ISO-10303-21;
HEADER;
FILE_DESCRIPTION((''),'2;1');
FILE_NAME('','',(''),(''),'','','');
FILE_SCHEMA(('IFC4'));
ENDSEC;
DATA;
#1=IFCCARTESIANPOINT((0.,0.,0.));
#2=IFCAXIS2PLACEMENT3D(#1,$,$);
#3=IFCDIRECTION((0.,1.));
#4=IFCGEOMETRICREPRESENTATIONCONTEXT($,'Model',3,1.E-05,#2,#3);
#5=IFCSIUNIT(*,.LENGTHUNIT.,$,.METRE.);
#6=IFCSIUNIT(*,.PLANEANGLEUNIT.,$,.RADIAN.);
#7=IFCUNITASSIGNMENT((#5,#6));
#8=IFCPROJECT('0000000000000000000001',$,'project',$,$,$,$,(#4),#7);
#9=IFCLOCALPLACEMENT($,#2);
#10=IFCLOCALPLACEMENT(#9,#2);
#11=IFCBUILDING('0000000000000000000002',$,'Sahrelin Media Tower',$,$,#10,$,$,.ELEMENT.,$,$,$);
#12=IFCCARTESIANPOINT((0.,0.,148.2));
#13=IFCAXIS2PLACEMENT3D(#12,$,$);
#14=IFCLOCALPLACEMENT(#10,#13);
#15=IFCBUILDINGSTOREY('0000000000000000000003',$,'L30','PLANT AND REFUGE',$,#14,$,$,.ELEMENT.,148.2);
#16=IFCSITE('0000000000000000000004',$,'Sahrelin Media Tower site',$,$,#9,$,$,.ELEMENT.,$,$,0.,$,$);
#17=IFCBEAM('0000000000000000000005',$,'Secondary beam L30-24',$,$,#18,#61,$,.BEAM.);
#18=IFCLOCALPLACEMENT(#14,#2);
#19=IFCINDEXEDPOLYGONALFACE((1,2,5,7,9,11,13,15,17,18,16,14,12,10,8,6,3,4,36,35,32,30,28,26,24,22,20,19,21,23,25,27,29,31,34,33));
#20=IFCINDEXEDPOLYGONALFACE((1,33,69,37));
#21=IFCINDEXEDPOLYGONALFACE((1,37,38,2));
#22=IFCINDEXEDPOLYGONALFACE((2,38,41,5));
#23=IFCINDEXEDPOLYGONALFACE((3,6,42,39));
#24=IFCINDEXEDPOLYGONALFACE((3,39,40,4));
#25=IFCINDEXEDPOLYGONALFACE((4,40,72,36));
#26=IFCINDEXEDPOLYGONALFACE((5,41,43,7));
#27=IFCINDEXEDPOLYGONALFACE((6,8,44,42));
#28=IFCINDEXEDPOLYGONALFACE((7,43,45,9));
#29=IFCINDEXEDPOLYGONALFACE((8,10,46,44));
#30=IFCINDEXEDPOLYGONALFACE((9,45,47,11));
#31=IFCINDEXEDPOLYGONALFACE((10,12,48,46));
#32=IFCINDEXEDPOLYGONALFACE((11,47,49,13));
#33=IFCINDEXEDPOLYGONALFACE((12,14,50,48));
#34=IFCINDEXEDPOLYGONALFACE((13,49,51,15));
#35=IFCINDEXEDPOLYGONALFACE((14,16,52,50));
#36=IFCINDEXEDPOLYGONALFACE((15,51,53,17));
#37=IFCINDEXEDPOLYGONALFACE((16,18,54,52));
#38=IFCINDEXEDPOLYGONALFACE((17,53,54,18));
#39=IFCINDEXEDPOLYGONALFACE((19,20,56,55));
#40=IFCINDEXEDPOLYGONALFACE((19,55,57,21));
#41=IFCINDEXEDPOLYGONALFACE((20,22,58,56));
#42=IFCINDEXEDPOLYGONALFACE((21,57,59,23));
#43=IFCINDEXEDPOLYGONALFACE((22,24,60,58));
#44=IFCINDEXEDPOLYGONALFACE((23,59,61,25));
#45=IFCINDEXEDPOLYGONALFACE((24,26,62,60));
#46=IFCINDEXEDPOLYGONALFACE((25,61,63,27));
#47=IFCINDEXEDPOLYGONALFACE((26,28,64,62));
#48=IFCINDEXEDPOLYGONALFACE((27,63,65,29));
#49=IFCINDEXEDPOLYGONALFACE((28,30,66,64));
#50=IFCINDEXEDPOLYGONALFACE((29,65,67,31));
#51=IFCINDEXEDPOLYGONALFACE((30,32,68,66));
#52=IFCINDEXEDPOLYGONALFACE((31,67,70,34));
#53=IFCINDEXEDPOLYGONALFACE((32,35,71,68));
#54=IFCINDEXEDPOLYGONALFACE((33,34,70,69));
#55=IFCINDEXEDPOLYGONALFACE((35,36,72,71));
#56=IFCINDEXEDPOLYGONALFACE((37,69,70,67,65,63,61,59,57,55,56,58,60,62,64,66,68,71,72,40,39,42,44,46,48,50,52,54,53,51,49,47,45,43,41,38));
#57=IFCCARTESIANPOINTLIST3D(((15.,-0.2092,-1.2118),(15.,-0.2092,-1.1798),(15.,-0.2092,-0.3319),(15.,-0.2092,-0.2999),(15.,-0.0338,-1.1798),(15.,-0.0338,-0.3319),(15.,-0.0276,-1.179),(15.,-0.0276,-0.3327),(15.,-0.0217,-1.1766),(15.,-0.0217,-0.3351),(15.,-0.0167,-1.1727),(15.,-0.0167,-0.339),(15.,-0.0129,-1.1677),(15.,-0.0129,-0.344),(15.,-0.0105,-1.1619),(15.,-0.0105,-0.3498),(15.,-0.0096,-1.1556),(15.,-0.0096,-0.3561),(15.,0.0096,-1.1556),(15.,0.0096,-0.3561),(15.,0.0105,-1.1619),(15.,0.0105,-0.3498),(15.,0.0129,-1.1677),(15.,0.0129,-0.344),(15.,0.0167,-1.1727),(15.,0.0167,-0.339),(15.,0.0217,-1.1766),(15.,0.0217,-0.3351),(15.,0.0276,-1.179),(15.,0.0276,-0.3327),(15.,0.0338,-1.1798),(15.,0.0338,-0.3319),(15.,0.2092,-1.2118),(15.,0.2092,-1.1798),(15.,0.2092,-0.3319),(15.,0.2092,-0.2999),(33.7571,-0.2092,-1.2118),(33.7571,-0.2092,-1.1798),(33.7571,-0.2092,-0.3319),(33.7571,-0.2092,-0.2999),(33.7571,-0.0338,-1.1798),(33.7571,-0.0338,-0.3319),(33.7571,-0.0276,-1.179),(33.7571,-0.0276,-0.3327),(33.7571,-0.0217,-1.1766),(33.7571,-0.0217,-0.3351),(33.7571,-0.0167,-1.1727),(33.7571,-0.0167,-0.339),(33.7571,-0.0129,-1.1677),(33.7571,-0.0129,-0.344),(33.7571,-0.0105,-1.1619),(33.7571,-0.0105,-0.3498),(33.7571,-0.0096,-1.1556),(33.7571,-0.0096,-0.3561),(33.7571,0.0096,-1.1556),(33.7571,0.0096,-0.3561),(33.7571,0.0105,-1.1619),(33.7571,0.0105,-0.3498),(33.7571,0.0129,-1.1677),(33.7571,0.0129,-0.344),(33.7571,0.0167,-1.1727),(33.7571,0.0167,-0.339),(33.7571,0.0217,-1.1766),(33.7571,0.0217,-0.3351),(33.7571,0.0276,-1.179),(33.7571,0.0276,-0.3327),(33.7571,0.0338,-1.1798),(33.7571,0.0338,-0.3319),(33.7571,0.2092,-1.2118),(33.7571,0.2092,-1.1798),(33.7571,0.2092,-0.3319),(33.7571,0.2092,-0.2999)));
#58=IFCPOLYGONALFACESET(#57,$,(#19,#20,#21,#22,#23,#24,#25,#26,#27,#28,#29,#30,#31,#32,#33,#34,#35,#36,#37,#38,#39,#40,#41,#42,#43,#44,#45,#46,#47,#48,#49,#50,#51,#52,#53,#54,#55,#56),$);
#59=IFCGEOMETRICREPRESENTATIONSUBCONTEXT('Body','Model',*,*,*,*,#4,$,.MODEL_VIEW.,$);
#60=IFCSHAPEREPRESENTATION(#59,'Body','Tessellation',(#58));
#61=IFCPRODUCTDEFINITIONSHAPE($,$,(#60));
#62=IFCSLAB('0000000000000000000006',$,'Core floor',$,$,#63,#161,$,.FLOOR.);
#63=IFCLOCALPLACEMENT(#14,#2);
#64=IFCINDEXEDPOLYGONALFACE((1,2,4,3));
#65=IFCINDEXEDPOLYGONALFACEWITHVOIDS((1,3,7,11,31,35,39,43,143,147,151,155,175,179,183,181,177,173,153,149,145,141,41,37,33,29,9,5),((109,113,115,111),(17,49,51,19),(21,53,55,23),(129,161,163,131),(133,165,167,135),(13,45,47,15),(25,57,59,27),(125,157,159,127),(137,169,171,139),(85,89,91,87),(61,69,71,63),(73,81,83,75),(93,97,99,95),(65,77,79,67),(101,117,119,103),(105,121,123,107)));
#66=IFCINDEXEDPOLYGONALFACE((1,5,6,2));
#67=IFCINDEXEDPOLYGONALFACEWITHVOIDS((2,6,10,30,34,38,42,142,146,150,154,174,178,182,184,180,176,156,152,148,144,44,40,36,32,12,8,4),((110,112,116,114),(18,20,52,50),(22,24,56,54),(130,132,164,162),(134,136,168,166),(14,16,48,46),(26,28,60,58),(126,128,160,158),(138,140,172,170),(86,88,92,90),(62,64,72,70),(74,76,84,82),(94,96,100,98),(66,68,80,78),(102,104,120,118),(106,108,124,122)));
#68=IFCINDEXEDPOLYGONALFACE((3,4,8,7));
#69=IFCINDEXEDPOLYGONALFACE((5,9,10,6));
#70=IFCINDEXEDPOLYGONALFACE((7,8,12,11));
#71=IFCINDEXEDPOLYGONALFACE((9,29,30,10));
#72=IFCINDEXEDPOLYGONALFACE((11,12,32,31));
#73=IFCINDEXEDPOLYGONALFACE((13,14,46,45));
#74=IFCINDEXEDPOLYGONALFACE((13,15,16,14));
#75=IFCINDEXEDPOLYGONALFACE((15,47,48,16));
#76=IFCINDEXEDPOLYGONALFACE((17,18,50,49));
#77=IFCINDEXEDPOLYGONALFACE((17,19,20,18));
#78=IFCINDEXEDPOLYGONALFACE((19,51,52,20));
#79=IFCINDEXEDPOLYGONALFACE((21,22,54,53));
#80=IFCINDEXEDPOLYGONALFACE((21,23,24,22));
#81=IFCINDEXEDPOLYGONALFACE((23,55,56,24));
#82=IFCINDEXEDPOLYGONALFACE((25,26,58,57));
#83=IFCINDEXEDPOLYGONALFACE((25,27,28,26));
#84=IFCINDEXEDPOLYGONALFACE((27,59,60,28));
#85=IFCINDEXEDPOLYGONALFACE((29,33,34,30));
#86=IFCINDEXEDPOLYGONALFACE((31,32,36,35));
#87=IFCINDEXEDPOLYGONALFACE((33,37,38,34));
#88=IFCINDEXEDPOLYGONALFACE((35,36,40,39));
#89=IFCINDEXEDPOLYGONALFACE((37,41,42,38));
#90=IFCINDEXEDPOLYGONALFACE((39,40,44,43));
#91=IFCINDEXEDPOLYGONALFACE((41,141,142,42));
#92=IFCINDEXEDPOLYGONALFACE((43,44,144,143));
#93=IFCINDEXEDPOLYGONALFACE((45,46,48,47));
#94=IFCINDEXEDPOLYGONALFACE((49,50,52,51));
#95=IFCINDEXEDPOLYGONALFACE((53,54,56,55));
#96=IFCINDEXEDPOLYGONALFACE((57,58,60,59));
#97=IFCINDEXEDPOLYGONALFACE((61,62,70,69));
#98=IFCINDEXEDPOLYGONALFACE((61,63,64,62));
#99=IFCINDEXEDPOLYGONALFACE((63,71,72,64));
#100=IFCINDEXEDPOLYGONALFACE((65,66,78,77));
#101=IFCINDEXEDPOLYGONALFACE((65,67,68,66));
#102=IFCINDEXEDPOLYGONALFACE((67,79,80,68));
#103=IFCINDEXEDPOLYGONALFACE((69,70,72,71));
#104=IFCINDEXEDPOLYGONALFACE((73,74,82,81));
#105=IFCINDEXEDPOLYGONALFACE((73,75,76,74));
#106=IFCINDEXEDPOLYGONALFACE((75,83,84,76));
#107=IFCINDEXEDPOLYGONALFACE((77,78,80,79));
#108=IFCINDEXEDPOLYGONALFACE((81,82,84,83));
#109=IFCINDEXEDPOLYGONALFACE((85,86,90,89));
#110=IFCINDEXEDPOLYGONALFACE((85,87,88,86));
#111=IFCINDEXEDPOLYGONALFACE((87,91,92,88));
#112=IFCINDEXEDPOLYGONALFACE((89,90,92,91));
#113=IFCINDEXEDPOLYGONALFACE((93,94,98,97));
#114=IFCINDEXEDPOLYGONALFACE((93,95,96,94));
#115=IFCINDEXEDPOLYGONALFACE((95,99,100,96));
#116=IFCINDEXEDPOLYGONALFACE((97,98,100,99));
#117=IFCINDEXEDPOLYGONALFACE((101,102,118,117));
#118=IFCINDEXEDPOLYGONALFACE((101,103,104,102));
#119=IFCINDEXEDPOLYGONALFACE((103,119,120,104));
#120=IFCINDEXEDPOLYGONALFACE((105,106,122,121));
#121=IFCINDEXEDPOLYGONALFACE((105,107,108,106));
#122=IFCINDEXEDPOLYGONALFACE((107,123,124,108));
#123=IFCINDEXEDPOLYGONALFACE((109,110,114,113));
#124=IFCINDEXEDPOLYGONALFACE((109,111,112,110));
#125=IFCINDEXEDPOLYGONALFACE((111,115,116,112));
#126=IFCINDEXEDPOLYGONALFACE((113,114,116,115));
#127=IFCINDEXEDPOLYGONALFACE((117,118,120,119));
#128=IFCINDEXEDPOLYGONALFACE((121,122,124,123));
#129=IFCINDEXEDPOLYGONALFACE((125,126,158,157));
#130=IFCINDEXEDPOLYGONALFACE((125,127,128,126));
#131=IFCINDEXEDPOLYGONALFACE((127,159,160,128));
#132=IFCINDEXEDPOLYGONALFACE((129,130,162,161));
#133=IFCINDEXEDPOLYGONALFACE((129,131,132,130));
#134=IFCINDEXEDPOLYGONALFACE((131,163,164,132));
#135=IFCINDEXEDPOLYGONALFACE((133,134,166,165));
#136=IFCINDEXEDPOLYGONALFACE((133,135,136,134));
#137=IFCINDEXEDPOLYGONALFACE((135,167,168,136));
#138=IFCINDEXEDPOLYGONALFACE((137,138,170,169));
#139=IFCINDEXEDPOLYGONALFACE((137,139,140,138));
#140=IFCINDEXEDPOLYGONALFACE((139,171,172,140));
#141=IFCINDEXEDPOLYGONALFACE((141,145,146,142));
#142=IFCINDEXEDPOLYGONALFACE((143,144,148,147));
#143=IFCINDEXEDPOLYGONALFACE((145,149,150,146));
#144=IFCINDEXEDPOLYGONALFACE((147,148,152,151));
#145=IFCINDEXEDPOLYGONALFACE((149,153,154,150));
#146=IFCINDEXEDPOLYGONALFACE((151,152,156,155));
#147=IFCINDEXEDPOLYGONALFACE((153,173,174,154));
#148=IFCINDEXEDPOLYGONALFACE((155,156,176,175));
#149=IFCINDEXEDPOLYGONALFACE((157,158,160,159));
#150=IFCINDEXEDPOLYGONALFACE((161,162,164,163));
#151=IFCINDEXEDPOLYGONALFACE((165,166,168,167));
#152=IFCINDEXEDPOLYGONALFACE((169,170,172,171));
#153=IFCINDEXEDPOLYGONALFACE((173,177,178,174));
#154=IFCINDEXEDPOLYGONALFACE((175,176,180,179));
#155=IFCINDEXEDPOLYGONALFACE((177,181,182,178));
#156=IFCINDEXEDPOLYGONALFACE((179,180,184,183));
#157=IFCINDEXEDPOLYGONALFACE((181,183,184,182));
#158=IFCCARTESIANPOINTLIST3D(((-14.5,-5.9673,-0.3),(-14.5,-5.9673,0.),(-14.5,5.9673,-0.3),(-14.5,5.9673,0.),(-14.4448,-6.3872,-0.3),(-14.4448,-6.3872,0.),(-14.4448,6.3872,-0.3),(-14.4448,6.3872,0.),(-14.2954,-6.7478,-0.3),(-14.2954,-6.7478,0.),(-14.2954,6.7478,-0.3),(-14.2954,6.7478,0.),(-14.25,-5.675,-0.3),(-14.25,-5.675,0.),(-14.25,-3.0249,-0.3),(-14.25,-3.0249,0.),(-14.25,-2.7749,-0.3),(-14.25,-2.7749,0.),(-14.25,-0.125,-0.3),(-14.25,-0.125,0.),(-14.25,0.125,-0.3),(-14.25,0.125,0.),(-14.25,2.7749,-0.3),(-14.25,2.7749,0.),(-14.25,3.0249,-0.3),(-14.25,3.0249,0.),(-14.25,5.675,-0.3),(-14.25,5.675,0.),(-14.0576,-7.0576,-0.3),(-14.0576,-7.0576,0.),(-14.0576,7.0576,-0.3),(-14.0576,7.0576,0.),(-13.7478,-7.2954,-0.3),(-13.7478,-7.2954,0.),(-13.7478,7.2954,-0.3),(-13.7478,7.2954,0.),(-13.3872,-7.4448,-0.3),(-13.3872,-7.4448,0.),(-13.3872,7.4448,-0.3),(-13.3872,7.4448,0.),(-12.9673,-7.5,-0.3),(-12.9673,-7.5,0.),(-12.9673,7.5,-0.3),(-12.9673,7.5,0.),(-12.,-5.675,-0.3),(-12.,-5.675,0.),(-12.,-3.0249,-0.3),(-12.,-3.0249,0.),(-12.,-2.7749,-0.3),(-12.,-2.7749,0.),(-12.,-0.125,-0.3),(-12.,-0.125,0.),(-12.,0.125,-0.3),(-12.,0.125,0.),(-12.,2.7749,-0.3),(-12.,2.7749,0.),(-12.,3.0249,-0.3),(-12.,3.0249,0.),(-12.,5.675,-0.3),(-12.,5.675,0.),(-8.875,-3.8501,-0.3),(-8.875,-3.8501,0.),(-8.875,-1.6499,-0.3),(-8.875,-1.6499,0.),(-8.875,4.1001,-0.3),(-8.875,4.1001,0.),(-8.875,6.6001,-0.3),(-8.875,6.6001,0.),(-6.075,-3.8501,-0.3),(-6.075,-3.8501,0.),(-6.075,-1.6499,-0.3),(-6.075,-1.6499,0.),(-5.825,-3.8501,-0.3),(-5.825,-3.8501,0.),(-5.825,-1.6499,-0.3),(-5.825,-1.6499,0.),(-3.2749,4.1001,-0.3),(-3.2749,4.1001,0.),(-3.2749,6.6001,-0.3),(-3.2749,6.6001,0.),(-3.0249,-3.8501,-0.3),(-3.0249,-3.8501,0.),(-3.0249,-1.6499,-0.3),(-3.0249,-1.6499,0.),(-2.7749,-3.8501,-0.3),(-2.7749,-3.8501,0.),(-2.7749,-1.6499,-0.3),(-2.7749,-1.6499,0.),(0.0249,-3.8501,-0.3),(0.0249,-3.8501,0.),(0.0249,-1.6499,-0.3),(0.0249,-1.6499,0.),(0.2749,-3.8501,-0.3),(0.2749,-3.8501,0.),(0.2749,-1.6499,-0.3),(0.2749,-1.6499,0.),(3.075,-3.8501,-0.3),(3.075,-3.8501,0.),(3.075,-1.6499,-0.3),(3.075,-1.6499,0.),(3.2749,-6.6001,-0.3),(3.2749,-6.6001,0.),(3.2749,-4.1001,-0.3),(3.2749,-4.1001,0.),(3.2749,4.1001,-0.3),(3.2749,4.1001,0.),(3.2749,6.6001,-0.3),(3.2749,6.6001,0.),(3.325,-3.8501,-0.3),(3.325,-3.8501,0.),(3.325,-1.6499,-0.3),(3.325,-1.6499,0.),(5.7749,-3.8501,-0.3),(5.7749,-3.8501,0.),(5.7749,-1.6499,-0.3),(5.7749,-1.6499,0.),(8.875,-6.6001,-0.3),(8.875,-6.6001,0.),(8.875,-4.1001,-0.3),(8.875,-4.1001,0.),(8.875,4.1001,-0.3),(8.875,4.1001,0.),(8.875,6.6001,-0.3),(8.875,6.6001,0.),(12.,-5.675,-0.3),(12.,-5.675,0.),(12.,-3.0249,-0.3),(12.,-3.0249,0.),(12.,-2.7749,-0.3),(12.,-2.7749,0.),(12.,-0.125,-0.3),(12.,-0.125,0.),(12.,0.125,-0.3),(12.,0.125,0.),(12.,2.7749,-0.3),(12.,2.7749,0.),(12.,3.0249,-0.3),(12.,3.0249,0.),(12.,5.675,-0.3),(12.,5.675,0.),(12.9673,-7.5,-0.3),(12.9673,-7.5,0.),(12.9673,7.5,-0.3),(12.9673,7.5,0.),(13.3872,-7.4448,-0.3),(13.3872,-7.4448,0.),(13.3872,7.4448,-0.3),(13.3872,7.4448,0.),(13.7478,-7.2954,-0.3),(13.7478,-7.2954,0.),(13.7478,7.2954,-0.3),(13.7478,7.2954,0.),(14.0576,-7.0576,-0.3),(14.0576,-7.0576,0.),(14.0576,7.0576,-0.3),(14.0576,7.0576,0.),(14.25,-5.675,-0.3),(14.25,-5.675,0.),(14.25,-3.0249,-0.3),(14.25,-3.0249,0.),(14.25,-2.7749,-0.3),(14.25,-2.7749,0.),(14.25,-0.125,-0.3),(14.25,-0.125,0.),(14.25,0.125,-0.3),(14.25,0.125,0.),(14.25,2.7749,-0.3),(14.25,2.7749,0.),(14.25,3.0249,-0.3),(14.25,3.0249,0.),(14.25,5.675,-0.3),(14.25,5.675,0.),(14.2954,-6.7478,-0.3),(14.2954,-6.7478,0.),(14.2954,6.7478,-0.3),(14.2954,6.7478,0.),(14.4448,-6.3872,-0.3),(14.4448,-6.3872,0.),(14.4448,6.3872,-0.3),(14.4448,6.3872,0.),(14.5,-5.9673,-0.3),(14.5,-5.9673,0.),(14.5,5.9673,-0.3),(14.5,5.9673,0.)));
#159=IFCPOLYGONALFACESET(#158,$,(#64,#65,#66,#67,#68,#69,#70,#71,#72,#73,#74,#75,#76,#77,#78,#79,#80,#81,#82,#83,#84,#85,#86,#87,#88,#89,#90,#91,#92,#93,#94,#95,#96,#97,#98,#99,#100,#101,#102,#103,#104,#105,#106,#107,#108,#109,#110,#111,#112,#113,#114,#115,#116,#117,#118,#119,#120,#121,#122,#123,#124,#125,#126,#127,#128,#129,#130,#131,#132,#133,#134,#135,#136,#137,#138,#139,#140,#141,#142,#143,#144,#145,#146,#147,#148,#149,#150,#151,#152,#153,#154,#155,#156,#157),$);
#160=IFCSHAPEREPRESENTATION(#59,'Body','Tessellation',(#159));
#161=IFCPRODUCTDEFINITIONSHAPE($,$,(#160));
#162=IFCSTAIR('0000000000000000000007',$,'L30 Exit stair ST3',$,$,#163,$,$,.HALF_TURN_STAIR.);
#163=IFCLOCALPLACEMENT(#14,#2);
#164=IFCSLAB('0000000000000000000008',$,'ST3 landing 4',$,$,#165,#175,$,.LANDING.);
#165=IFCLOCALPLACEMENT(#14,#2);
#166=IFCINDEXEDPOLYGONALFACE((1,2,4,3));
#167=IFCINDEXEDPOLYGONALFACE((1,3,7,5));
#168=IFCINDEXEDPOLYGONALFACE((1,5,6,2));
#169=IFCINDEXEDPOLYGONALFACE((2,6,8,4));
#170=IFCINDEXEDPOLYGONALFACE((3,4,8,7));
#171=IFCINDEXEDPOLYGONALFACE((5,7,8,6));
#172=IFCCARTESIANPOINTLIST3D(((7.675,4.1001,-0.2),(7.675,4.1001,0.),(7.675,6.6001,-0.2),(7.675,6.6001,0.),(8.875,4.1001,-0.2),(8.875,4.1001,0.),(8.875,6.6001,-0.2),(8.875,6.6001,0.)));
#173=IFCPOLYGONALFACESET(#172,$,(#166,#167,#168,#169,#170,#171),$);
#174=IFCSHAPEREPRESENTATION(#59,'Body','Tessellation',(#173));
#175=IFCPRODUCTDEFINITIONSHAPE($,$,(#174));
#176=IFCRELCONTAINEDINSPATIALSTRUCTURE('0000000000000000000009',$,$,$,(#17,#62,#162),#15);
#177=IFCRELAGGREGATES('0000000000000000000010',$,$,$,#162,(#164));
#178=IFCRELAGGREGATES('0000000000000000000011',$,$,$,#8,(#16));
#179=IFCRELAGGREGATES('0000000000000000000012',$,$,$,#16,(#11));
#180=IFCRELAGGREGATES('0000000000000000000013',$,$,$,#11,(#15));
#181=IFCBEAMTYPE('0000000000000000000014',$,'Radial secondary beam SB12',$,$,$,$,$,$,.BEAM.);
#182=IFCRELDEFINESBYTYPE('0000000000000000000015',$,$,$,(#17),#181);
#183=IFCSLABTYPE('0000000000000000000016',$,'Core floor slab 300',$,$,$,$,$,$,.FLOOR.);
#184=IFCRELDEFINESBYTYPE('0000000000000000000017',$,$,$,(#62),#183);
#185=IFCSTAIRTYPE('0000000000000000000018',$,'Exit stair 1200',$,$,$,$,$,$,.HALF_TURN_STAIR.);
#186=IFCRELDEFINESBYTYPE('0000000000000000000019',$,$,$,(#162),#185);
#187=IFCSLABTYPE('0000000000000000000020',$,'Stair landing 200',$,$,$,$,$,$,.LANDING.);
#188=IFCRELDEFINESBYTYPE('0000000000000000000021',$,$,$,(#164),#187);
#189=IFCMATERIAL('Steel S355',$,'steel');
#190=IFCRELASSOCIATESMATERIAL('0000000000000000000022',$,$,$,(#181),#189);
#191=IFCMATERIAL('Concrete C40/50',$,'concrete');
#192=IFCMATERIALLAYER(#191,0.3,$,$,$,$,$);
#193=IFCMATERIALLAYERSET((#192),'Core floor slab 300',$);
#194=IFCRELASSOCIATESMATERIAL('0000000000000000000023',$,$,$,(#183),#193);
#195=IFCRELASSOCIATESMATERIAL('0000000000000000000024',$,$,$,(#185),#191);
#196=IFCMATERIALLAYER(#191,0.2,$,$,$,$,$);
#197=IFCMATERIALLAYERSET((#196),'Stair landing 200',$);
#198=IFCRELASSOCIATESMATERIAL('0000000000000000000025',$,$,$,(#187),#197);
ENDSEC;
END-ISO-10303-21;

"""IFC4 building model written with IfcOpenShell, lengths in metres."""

from ifc_helpers import new_model, si_unit, direction, frame, origin, origin_2d, place, context, subcontext, project, spatial, polyline, i_section, outline, extrude, material, layer, layer_set, material_profile, profile_set, type_object, element, aggregate, save


model = new_model("IFC4")

# Units and contexts
model_context = context("Model", 3, precision=1e-05, world=origin(), true_north=direction((0.0, 1.0)))
body_context = subcontext(model_context, "Body", "Model", "MODEL_VIEW")
ifc_project = project(units=[si_unit("LENGTHUNIT", "METRE"), si_unit("PLANEANGLEUNIT", "RADIAN")], contexts=[model_context])

# Site, building, storey
site_placement = place(None, origin())
site = spatial("IfcSite", under=ifc_project, at=site_placement, Name="Sahrelin Media Tower site", CompositionType="ELEMENT", RefElevation=0.0)
building_placement = place(site_placement, origin())
building = spatial("IfcBuilding", under=site, at=building_placement, Name="Sahrelin Media Tower", CompositionType="ELEMENT")
storey_placement = place(building_placement, frame((0.0, 0.0, 148.2)))
storey = spatial("IfcBuildingStorey", under=building, at=storey_placement, Name="L30", Description="PLANT AND REFUGE", CompositionType="ELEMENT", Elevation=148.2)

# Beam
ifc_material_1 = material(Name="Steel S355", Category="steel")
ifc_material_profile = material_profile(ifc_material_1, i_section(OverallWidth=0.4185, OverallDepth=0.9119, WebThickness=0.0193, FlangeThickness=0.032, FilletRadius=0.0242, at=origin_2d()), Name="UB 914x419x343")
ifc_profile_set = profile_set([ifc_material_profile], Name="Steel S355")
beam_type = type_object("IfcBeamType", Name="Radial secondary beam SB12", PredefinedType="BEAM", material=ifc_profile_set)
beam_placement = place(storey_placement, frame((15.0, 0.0, -0.7559), z_axis=(1.0, 0.0, 0.0), x_axis=(0.0, 1.0, 0.0)))
element("IfcBeam", 1, at=beam_placement, inside=storey, type_object=beam_type, Name="Secondary beam L30-24", PredefinedType="BEAM", context=body_context, shape_type="SweptSolid", body=[
    extrude(i_section(OverallWidth=0.4185, OverallDepth=0.9119, WebThickness=0.0193, FlangeThickness=0.032, FilletRadius=0.0242, at=origin_2d()), origin(), (0.0, 0.0, 1.0), 18.7571),
])

# Slab
ifc_material_2 = material(Name="Concrete C40/50", Category="concrete")
ifc_layer_1 = layer(ifc_material_2, 0.3)
ifc_layer_set_1 = layer_set([ifc_layer_1], Name="Core floor slab 300")
slab_type_1 = type_object("IfcSlabType", Name="Core floor slab 300", PredefinedType="FLOOR", material=ifc_layer_set_1)
slab_1_placement = place(storey_placement, frame((0.0, 0.0, -0.3)))
element("IfcSlab", 2, at=slab_1_placement, inside=storey, type_object=slab_type_1, Name="Core floor", PredefinedType="FLOOR", context=body_context, shape_type="SweptSolid", body=[
    extrude(outline(polyline([(-14.4448, 6.3872), (-14.5, 5.9673), (-14.5, -5.9673), (-14.4448, -6.3872), (-14.2954, -6.7478), (-14.0576, -7.0576), (-13.7478, -7.2954), (-13.3872, -7.4448), (-12.9673, -7.5), (12.9673, -7.5), (13.3872, -7.4448), (13.7478, -7.2954), (14.0576, -7.0576), (14.2954, -6.7478), (14.4448, -6.3872), (14.5, -5.9673), (14.5, 5.9673), (14.4448, 6.3872), (14.2954, 6.7478), (14.0576, 7.0576), (13.7478, 7.2954), (13.3872, 7.4448), (12.9673, 7.5), (-12.9673, 7.5), (-13.3872, 7.4448), (-13.7478, 7.2954), (-14.0576, 7.0576), (-14.2954, 6.7478), (-14.4448, 6.3872)]), holes=[polyline([(-12.0, 3.0249), (-12.0, 5.675), (-14.25, 5.675), (-14.25, 3.0249), (-12.0, 3.0249)]), polyline([(-14.25, 0.125), (-12.0, 0.125), (-12.0, 2.7749), (-14.25, 2.7749), (-14.25, 0.125)]), polyline([(-14.25, -0.125), (-14.25, -2.7749), (-12.0, -2.7749), (-12.0, -0.125), (-14.25, -0.125)]), polyline([(-12.0, -3.0249), (-14.25, -3.0249), (-14.25, -5.675), (-12.0, -5.675), (-12.0, -3.0249)]), polyline([(14.25, 3.0249), (14.25, 5.675), (12.0, 5.675), (12.0, 3.0249), (14.25, 3.0249)]), polyline([(12.0, 0.125), (14.25, 0.125), (14.25, 2.7749), (12.0, 2.7749), (12.0, 0.125)]), polyline([(12.0, -0.125), (12.0, -2.7749), (14.25, -2.7749), (14.25, -0.125), (12.0, -0.125)]), polyline([(14.25, -3.0249), (12.0, -3.0249), (12.0, -5.675), (14.25, -5.675), (14.25, -3.0249)]), polyline([(-6.075, -3.8501), (-6.075, -1.6499), (-8.875, -1.6499), (-8.875, -3.8501), (-6.075, -3.8501)]), polyline([(-5.825, -3.8501), (-3.0249, -3.8501), (-3.0249, -1.6499), (-5.825, -1.6499), (-5.825, -3.8501)]), polyline([(-2.7749, -1.6499), (-2.7749, -3.8501), (0.0249, -3.8501), (0.0249, -1.6499), (-2.7749, -1.6499)]), polyline([(3.075, -1.6499), (0.2749, -1.6499), (0.2749, -3.8501), (3.075, -3.8501), (3.075, -1.6499)]), polyline([(5.7749, -3.8501), (5.7749, -1.6499), (3.325, -1.6499), (3.325, -3.8501), (5.7749, -3.8501)]), polyline([(-8.875, 6.6001), (-8.875, 4.1001), (-3.2749, 4.1001), (-3.2749, 6.6001), (-8.875, 6.6001)]), polyline([(3.2749, 4.1001), (8.875, 4.1001), (8.875, 6.6001), (3.2749, 6.6001), (3.2749, 4.1001)]), polyline([(3.2749, -4.1001), (3.2749, -6.6001), (8.875, -6.6001), (8.875, -4.1001), (3.2749, -4.1001)])]), origin(), (0.0, 0.0, 1.0), 0.3),
])

# Stair, slab
stair_type = type_object("IfcStairType", Name="Exit stair 1200", PredefinedType="HALF_TURN_STAIR", material=ifc_material_2)
placement_1 = place(storey_placement, origin())
stair_1 = element("IfcStair", 3, at=placement_1, inside=storey, type_object=stair_type, Name="L30 Exit stair ST3", PredefinedType="HALF_TURN_STAIR")
ifc_layer_2 = layer(ifc_material_2, 0.2)
ifc_layer_set_2 = layer_set([ifc_layer_2], Name="Stair landing 200")
slab_type_2 = type_object("IfcSlabType", Name="Stair landing 200", PredefinedType="LANDING", material=ifc_layer_set_2)
placement_2 = place(storey_placement, frame((0.0, 0.0, -0.2)))
slab_2 = element("IfcSlab", 4, at=placement_2, type_object=slab_type_2, Name="ST3 landing 4", PredefinedType="LANDING", context=body_context, shape_type="SweptSolid", body=[
    extrude(outline(polyline([(8.875, 6.6001), (7.675, 6.6001), (7.675, 4.1001), (8.875, 4.1001), (8.875, 6.6001)])), origin(), (0.0, 0.0, 1.0), 0.2),
])
aggregate(stair_1, [slab_2])

save(model, "model.ifc")
